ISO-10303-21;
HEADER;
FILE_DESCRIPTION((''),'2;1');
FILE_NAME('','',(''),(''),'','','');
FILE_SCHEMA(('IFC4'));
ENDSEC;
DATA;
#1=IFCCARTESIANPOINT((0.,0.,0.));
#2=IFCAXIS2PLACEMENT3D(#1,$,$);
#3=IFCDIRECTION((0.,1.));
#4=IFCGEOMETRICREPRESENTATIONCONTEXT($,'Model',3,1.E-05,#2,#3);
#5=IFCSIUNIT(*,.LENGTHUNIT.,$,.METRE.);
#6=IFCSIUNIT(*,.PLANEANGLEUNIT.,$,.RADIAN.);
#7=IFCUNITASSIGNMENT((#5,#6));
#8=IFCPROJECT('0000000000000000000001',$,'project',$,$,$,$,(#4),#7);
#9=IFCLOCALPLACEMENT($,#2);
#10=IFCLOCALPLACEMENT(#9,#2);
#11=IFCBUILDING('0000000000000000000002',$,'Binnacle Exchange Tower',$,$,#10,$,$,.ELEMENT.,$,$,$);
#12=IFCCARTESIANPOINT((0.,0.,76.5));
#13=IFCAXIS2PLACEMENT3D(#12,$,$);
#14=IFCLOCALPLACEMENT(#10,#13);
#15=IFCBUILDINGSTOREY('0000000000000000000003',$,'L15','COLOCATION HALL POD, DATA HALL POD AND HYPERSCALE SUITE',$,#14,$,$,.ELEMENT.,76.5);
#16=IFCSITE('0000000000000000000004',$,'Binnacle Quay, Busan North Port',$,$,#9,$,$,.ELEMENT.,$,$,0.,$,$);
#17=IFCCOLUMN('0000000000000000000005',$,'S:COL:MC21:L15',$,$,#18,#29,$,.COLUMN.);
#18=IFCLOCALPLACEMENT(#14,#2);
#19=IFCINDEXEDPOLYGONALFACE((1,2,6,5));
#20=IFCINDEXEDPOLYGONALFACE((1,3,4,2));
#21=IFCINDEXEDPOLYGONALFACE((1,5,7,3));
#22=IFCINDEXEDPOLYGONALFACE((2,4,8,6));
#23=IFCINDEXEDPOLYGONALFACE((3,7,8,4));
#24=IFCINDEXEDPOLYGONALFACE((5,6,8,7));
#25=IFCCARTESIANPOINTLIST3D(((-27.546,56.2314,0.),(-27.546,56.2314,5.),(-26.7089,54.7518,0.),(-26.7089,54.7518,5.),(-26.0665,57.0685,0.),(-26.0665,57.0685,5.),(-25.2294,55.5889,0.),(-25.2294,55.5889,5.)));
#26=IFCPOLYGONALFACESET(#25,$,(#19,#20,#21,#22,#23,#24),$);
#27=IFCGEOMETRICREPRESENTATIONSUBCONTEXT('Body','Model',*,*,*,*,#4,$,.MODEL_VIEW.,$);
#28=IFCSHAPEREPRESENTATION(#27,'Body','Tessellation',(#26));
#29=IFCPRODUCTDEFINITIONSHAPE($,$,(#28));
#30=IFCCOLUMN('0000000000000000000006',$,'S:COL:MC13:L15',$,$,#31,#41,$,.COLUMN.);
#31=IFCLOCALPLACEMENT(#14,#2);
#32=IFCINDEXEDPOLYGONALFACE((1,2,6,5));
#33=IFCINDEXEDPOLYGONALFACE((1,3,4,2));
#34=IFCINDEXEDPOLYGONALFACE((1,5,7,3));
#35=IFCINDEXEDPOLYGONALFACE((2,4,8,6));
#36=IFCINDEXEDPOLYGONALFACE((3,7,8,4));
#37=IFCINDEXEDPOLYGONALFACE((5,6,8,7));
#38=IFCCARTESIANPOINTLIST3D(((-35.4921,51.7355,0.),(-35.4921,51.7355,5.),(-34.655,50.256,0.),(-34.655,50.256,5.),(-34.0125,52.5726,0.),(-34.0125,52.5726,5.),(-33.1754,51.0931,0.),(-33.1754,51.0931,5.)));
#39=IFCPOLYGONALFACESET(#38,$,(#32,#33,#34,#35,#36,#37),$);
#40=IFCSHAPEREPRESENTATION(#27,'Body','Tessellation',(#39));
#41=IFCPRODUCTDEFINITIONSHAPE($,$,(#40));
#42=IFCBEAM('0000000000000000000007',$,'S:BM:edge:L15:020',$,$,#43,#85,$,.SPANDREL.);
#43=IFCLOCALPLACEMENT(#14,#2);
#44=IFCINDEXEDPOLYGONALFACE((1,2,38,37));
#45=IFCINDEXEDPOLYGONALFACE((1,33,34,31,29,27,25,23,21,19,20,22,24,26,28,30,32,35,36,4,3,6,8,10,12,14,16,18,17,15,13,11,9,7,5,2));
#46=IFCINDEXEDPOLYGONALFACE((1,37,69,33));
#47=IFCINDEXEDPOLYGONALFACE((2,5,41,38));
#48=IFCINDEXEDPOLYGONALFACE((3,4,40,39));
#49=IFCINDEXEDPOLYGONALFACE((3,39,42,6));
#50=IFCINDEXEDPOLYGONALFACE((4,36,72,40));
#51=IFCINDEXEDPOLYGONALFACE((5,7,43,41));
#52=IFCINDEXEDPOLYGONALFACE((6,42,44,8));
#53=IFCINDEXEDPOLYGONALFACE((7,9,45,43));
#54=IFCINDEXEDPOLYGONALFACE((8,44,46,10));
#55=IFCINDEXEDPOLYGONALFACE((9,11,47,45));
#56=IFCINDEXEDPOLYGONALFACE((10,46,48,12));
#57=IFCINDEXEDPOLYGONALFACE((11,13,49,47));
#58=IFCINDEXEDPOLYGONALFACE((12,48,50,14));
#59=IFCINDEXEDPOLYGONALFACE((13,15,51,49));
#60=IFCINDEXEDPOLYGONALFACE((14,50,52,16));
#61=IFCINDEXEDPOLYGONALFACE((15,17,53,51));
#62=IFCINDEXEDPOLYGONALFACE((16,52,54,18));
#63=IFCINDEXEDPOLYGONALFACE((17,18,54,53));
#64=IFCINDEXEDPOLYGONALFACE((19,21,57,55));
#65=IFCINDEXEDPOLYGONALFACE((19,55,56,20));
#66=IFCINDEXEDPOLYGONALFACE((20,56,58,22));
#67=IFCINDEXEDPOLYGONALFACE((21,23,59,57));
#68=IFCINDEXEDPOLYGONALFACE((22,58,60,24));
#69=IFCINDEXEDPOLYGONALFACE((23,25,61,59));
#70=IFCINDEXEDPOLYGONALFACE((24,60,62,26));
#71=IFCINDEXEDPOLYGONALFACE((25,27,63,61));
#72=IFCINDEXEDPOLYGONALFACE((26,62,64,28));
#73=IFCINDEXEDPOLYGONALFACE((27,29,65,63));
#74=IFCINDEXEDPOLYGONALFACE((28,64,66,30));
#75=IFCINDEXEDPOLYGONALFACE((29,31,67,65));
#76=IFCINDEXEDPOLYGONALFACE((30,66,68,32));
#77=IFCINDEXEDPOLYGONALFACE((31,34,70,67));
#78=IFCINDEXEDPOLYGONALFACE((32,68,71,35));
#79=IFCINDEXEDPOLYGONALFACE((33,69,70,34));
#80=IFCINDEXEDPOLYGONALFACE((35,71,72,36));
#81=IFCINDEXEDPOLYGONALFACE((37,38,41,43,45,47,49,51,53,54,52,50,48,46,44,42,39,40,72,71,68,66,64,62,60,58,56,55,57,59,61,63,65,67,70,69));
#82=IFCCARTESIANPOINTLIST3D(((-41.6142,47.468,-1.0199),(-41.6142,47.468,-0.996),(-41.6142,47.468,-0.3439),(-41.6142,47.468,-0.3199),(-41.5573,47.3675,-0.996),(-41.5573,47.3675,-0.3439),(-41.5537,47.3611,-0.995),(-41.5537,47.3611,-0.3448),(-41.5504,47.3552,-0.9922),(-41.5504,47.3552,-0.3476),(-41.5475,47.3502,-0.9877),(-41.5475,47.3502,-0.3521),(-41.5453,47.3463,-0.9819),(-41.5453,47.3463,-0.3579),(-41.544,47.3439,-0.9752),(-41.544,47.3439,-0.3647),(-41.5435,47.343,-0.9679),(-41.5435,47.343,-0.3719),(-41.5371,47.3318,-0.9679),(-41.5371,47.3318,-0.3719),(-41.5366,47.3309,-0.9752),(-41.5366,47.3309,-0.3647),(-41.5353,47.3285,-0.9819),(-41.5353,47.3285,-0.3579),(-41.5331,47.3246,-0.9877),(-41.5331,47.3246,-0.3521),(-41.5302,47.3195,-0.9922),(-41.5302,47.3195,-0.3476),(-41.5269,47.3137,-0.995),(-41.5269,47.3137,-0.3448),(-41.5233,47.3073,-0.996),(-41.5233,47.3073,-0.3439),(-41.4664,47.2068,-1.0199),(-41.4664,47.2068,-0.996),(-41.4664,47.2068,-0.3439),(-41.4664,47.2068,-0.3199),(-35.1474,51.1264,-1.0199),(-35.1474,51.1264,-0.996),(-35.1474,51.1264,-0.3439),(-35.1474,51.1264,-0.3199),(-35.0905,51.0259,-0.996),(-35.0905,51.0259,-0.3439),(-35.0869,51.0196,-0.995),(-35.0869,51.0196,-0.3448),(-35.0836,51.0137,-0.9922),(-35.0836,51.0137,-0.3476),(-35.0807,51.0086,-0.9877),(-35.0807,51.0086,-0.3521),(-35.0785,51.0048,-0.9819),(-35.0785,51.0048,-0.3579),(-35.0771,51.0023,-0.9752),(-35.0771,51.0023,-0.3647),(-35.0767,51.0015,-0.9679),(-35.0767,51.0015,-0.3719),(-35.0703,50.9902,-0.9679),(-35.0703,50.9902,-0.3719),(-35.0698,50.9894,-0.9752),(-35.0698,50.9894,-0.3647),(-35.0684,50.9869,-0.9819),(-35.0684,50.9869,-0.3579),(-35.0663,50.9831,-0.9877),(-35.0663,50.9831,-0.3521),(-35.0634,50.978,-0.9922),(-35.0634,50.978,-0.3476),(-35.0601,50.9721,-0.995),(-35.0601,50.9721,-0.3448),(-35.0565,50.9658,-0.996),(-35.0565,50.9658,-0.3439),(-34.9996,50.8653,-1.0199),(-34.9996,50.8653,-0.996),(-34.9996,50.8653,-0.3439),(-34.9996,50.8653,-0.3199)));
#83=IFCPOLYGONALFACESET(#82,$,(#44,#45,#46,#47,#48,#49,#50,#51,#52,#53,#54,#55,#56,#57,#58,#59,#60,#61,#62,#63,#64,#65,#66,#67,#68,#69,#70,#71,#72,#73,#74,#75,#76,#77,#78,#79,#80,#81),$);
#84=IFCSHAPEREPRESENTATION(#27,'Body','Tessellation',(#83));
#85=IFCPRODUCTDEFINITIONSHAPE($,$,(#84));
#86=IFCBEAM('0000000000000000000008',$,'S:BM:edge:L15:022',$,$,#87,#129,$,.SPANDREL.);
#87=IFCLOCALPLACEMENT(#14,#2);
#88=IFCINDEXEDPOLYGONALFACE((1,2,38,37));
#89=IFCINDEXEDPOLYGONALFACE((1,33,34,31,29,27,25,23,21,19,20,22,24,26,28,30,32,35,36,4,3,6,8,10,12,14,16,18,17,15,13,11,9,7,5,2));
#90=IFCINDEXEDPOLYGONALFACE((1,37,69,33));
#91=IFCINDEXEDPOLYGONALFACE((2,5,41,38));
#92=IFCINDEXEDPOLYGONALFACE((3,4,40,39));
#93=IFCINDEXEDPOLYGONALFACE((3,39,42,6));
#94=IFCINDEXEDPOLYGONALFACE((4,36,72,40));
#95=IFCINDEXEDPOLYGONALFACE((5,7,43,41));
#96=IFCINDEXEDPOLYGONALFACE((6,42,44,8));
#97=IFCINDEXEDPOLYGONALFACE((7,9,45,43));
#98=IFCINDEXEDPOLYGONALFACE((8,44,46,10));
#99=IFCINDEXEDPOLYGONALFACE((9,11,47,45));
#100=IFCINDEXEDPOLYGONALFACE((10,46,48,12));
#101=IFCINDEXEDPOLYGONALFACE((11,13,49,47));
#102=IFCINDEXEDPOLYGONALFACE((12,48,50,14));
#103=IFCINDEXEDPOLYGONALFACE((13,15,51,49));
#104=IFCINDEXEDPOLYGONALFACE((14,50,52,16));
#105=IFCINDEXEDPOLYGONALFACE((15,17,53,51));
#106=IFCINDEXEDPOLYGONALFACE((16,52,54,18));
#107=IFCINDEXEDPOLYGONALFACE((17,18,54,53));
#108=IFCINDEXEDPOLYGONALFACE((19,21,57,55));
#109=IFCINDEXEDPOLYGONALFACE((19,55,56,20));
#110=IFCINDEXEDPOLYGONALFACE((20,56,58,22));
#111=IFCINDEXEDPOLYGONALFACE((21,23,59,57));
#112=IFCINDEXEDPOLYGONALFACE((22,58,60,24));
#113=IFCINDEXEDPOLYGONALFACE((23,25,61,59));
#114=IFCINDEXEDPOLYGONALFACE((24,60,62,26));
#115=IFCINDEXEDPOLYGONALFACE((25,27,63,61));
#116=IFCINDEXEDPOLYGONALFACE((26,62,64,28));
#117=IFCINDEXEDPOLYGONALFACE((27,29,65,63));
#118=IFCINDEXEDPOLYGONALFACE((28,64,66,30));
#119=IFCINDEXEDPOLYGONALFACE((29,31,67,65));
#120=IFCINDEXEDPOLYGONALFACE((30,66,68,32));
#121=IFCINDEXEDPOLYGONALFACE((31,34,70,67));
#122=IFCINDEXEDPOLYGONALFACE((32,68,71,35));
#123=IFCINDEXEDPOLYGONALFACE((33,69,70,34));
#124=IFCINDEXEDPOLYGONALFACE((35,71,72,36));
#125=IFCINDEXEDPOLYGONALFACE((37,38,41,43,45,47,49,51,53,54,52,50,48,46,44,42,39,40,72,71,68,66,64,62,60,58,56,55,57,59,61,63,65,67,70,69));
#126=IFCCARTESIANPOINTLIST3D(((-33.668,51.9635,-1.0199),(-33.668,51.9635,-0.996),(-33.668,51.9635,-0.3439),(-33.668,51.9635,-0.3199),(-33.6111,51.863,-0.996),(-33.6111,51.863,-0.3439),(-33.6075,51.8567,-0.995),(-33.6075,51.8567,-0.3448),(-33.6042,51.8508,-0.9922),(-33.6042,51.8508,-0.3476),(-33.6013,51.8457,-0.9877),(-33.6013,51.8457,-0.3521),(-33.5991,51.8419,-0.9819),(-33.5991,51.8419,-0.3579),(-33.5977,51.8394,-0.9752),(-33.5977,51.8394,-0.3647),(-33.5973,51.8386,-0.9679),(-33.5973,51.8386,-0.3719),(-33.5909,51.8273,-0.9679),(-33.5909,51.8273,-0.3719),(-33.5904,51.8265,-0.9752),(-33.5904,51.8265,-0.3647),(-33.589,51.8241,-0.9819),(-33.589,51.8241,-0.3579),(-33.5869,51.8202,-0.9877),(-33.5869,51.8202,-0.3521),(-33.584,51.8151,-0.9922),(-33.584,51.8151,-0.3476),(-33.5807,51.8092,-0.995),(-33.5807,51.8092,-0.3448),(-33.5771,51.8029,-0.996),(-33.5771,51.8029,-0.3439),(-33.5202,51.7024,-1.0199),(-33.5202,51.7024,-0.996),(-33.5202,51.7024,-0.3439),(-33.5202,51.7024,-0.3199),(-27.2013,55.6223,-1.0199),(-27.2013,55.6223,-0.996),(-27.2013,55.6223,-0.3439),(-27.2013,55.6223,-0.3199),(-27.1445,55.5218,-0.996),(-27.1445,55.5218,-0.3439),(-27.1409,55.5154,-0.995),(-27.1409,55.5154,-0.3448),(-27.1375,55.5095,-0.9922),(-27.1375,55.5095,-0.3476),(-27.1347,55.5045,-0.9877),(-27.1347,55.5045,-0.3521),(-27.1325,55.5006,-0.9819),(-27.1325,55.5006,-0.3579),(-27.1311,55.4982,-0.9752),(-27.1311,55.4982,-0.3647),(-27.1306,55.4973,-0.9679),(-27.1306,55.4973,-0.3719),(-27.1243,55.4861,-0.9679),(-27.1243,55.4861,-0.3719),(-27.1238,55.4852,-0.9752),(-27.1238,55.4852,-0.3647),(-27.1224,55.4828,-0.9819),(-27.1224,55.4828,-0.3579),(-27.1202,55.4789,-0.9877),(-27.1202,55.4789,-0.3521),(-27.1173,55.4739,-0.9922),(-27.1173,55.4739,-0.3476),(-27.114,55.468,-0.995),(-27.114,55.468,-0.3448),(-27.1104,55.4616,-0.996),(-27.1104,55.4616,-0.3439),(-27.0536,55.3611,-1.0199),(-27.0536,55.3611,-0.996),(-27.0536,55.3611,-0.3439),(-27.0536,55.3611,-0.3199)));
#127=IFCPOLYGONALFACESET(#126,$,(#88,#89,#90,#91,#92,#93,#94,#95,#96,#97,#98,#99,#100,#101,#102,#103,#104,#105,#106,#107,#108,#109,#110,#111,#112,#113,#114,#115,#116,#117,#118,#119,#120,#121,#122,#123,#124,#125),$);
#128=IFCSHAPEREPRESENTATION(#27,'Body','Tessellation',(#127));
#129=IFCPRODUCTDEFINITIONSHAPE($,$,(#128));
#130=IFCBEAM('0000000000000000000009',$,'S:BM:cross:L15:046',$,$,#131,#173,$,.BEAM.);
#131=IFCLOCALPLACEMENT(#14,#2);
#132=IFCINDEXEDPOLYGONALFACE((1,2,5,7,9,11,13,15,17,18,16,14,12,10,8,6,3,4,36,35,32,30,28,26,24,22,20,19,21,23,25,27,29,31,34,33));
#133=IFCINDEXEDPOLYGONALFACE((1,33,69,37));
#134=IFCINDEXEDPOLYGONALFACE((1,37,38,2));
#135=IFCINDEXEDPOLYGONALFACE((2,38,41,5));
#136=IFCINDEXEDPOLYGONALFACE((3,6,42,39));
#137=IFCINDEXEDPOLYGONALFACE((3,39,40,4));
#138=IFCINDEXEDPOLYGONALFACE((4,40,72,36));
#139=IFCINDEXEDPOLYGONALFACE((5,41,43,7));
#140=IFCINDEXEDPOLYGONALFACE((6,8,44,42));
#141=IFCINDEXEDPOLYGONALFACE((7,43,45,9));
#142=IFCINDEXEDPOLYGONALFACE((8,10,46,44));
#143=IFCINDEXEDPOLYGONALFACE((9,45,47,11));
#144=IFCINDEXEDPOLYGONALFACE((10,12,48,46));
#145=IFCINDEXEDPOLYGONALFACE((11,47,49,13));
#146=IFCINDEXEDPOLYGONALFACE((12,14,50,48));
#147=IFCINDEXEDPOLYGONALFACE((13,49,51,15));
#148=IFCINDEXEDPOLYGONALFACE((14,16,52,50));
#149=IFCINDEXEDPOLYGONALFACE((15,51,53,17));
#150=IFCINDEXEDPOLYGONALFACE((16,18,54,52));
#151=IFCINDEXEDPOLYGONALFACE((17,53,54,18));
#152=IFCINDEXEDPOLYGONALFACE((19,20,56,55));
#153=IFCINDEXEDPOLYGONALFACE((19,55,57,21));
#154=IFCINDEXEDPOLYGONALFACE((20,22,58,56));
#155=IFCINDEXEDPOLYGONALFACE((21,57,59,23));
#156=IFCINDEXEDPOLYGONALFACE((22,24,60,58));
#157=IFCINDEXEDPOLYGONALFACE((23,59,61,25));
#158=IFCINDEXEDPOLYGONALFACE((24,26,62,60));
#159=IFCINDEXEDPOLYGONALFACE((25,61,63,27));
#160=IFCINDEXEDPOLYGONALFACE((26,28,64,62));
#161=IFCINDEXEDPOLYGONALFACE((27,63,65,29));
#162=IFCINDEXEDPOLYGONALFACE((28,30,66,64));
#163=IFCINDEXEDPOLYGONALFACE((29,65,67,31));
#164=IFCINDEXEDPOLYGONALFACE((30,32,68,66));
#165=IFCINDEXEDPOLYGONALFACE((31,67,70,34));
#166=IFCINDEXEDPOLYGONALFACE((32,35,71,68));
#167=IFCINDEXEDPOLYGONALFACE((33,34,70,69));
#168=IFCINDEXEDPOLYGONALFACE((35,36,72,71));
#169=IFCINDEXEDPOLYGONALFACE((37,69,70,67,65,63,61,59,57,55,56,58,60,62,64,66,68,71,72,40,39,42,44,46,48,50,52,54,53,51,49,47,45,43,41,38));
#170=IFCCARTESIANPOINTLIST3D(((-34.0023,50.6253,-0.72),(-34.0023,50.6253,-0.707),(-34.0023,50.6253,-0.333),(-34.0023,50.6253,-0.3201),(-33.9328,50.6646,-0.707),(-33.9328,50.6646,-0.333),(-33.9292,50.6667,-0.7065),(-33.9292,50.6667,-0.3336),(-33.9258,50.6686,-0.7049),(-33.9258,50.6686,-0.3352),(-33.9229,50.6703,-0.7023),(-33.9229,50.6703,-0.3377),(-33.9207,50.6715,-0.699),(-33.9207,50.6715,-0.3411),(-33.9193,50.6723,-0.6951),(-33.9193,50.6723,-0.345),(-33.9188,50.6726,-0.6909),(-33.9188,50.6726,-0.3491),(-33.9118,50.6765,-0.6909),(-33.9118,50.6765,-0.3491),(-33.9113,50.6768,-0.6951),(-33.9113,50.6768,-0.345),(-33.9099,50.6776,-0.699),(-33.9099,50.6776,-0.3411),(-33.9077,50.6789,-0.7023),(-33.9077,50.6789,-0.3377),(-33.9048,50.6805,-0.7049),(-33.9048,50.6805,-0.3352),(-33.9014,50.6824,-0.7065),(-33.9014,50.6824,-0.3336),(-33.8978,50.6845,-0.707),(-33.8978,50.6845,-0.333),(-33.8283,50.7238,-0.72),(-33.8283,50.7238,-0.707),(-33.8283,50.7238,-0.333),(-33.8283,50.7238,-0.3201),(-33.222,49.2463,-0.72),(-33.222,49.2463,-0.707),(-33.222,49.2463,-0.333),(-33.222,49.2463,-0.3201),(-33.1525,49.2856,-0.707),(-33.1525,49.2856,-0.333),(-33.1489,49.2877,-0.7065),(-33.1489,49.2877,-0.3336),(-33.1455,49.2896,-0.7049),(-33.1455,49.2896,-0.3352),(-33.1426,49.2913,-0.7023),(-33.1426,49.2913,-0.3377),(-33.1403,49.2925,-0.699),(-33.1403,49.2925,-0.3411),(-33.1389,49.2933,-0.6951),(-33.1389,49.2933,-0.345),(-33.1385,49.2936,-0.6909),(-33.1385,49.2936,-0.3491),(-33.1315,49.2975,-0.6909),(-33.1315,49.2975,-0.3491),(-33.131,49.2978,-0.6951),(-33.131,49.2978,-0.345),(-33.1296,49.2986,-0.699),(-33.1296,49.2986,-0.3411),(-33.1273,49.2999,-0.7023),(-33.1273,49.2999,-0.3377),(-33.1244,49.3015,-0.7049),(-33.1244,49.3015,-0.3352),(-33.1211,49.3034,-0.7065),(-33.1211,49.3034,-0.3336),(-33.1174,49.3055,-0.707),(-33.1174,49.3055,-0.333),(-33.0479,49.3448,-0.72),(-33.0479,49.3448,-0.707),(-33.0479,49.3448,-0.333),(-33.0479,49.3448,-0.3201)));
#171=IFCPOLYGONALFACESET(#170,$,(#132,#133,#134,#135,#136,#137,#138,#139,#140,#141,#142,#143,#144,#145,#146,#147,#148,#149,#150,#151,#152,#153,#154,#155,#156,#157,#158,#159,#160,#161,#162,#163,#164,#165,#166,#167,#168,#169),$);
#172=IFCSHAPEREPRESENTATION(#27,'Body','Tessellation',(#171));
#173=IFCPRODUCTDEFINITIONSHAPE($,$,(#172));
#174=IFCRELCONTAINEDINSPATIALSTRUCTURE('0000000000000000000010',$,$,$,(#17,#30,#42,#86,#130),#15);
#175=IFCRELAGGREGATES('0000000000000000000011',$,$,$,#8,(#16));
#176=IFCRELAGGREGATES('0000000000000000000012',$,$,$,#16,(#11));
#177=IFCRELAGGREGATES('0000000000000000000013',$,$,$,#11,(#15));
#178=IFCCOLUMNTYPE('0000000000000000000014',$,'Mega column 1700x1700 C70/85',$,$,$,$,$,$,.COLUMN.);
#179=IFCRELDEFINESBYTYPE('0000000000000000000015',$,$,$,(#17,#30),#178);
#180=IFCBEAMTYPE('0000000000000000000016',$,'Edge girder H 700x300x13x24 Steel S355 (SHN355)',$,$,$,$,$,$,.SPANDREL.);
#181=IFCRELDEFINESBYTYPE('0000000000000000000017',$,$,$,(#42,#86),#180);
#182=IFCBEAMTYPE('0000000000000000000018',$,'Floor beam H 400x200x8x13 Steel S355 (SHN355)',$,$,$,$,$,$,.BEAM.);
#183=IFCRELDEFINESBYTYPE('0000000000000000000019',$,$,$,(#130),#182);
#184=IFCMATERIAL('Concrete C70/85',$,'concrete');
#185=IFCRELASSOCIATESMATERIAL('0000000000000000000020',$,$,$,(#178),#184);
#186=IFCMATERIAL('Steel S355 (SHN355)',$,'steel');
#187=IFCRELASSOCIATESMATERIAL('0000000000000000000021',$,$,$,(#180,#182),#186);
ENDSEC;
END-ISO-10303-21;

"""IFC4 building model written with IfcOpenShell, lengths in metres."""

from ifc_helpers import new_model, si_unit, direction, frame, origin, origin_2d, place, context, subcontext, project, spatial, rectangle, i_section, extrude, material, material_profile, profile_set, type_object, element, save


model = new_model("IFC4")

# Units and contexts
model_context = context("Model", 3, precision=1e-05, world=origin(), true_north=direction((0.0, 1.0)))
body_context = subcontext(model_context, "Body", "Model", "MODEL_VIEW")
ifc_project = project(units=[si_unit("LENGTHUNIT", "METRE"), si_unit("PLANEANGLEUNIT", "RADIAN")], contexts=[model_context])

# Site, building, storey
site_placement = place(None, origin())
site = spatial("IfcSite", under=ifc_project, at=site_placement, Name="Binnacle Quay, Busan North Port", CompositionType="ELEMENT", RefElevation=0.0)
building_placement = place(site_placement, origin())
building = spatial("IfcBuilding", under=site, at=building_placement, Name="Binnacle Exchange Tower", CompositionType="ELEMENT")
storey_placement = place(building_placement, frame((0.0, 0.0, 76.5)))
storey = spatial("IfcBuildingStorey", under=building, at=storey_placement, Name="L15", Description="COLOCATION HALL POD, DATA HALL POD AND HYPERSCALE SUITE", CompositionType="ELEMENT", Elevation=76.5)

# Columns
ifc_material_1 = material(Name="Concrete C70/85", Category="concrete")
ifc_material_profile_1 = material_profile(ifc_material_1, rectangle(XDim=1.7, YDim=1.7, at=origin_2d()), Name="Mega column 1700x1700 C70/85")
ifc_profile_set_1 = profile_set([ifc_material_profile_1], Name="Concrete C70/85")
column_type = type_object("IfcColumnType", Name="Mega column 1700x1700 C70/85", PredefinedType="COLUMN", material=ifc_profile_set_1)
for number, where, z_axis, x_axis, name in (
    (1, (-26.3877, 55.9102, 0.0), (0.0, 0.0, 1.0), (-0.870356, -0.492424, 0.0), "S:COL:MC21:L15"),
    (2, (-34.3337, 51.4143, 0.0), (0.0, 0.0, 1.0), (-0.870356, -0.492424, 0.0), "S:COL:MC13:L15"),
):
    element("IfcColumn", number, at=place(storey_placement, frame(where, z_axis=z_axis, x_axis=x_axis)), inside=storey, type_object=column_type, Name=name, PredefinedType="COLUMN", context=body_context, shape_type="SweptSolid", body=[
        extrude(rectangle(XDim=1.7, YDim=1.7, at=origin_2d()), origin(), (0.0, 0.0, 1.0), 5.0),
    ])

# Beams
ifc_material_2 = material(Name="Steel S355 (SHN355)", Category="steel")
ifc_material_profile_2 = material_profile(ifc_material_2, i_section(OverallWidth=0.3, OverallDepth=0.7, WebThickness=0.0129, FlangeThickness=0.0239, FilletRadius=0.0281, at=origin_2d()), Name="H 700x300x13x24")
ifc_profile_set_2 = profile_set([ifc_material_profile_2], Name="Steel S355 (SHN355)")
beam_type_1 = type_object("IfcBeamType", Name="Edge girder H 700x300x13x24 Steel S355 (SHN355)", PredefinedType="SPANDREL", material=ifc_profile_set_2)
for number, where, z_axis, x_axis, name in (
    (3, (-35.0735, 50.9958, -0.6699), (-0.870372, -0.492394, 0.0), (0.492394, -0.870372, 0.0), "S:BM:edge:L15:020"),
    (4, (-27.1274, 55.4917, -0.6699), (-0.87035, -0.492433, 0.0), (0.492433, -0.87035, 0.0), "S:BM:edge:L15:022"),
):
    element("IfcBeam", number, at=place(storey_placement, frame(where, z_axis=z_axis, x_axis=x_axis)), inside=storey, type_object=beam_type_1, Name=name, PredefinedType="SPANDREL", context=body_context, shape_type="SweptSolid", body=[
        extrude(i_section(OverallWidth=0.3, OverallDepth=0.7, WebThickness=0.0129, FlangeThickness=0.0239, FilletRadius=0.0281, at=origin_2d()), origin(), (0.0, 0.0, 1.0), 7.4299),
    ])
ifc_material_profile_3 = material_profile(ifc_material_2, i_section(OverallWidth=0.2, OverallDepth=0.3999, WebThickness=0.0081, FlangeThickness=0.0129, FilletRadius=0.0161, at=origin_2d()), Name="H 400x200x8x13")
ifc_profile_set_3 = profile_set([ifc_material_profile_3], Name="Steel S355 (SHN355)")
beam_type_2 = type_object("IfcBeamType", Name="Floor beam H 400x200x8x13 Steel S355 (SHN355)", PredefinedType="BEAM", material=ifc_profile_set_3)
beam_1_placement = place(storey_placement, frame((-33.9153, 50.6746, -0.52), z_axis=(0.492484, -0.870322, 0.0), x_axis=(0.870322, 0.492484, 0.0)))
element("IfcBeam", 5, at=beam_1_placement, inside=storey, type_object=beam_type_2, Name="S:BM:cross:L15:046", PredefinedType="BEAM", context=body_context, shape_type="SweptSolid", body=[
    extrude(i_section(OverallWidth=0.2, OverallDepth=0.3999, WebThickness=0.0081, FlangeThickness=0.0129, FilletRadius=0.0161, at=origin_2d()), origin(), (0.0, 0.0, 1.0), 1.5845),
])

save(model, "model.ifc")
